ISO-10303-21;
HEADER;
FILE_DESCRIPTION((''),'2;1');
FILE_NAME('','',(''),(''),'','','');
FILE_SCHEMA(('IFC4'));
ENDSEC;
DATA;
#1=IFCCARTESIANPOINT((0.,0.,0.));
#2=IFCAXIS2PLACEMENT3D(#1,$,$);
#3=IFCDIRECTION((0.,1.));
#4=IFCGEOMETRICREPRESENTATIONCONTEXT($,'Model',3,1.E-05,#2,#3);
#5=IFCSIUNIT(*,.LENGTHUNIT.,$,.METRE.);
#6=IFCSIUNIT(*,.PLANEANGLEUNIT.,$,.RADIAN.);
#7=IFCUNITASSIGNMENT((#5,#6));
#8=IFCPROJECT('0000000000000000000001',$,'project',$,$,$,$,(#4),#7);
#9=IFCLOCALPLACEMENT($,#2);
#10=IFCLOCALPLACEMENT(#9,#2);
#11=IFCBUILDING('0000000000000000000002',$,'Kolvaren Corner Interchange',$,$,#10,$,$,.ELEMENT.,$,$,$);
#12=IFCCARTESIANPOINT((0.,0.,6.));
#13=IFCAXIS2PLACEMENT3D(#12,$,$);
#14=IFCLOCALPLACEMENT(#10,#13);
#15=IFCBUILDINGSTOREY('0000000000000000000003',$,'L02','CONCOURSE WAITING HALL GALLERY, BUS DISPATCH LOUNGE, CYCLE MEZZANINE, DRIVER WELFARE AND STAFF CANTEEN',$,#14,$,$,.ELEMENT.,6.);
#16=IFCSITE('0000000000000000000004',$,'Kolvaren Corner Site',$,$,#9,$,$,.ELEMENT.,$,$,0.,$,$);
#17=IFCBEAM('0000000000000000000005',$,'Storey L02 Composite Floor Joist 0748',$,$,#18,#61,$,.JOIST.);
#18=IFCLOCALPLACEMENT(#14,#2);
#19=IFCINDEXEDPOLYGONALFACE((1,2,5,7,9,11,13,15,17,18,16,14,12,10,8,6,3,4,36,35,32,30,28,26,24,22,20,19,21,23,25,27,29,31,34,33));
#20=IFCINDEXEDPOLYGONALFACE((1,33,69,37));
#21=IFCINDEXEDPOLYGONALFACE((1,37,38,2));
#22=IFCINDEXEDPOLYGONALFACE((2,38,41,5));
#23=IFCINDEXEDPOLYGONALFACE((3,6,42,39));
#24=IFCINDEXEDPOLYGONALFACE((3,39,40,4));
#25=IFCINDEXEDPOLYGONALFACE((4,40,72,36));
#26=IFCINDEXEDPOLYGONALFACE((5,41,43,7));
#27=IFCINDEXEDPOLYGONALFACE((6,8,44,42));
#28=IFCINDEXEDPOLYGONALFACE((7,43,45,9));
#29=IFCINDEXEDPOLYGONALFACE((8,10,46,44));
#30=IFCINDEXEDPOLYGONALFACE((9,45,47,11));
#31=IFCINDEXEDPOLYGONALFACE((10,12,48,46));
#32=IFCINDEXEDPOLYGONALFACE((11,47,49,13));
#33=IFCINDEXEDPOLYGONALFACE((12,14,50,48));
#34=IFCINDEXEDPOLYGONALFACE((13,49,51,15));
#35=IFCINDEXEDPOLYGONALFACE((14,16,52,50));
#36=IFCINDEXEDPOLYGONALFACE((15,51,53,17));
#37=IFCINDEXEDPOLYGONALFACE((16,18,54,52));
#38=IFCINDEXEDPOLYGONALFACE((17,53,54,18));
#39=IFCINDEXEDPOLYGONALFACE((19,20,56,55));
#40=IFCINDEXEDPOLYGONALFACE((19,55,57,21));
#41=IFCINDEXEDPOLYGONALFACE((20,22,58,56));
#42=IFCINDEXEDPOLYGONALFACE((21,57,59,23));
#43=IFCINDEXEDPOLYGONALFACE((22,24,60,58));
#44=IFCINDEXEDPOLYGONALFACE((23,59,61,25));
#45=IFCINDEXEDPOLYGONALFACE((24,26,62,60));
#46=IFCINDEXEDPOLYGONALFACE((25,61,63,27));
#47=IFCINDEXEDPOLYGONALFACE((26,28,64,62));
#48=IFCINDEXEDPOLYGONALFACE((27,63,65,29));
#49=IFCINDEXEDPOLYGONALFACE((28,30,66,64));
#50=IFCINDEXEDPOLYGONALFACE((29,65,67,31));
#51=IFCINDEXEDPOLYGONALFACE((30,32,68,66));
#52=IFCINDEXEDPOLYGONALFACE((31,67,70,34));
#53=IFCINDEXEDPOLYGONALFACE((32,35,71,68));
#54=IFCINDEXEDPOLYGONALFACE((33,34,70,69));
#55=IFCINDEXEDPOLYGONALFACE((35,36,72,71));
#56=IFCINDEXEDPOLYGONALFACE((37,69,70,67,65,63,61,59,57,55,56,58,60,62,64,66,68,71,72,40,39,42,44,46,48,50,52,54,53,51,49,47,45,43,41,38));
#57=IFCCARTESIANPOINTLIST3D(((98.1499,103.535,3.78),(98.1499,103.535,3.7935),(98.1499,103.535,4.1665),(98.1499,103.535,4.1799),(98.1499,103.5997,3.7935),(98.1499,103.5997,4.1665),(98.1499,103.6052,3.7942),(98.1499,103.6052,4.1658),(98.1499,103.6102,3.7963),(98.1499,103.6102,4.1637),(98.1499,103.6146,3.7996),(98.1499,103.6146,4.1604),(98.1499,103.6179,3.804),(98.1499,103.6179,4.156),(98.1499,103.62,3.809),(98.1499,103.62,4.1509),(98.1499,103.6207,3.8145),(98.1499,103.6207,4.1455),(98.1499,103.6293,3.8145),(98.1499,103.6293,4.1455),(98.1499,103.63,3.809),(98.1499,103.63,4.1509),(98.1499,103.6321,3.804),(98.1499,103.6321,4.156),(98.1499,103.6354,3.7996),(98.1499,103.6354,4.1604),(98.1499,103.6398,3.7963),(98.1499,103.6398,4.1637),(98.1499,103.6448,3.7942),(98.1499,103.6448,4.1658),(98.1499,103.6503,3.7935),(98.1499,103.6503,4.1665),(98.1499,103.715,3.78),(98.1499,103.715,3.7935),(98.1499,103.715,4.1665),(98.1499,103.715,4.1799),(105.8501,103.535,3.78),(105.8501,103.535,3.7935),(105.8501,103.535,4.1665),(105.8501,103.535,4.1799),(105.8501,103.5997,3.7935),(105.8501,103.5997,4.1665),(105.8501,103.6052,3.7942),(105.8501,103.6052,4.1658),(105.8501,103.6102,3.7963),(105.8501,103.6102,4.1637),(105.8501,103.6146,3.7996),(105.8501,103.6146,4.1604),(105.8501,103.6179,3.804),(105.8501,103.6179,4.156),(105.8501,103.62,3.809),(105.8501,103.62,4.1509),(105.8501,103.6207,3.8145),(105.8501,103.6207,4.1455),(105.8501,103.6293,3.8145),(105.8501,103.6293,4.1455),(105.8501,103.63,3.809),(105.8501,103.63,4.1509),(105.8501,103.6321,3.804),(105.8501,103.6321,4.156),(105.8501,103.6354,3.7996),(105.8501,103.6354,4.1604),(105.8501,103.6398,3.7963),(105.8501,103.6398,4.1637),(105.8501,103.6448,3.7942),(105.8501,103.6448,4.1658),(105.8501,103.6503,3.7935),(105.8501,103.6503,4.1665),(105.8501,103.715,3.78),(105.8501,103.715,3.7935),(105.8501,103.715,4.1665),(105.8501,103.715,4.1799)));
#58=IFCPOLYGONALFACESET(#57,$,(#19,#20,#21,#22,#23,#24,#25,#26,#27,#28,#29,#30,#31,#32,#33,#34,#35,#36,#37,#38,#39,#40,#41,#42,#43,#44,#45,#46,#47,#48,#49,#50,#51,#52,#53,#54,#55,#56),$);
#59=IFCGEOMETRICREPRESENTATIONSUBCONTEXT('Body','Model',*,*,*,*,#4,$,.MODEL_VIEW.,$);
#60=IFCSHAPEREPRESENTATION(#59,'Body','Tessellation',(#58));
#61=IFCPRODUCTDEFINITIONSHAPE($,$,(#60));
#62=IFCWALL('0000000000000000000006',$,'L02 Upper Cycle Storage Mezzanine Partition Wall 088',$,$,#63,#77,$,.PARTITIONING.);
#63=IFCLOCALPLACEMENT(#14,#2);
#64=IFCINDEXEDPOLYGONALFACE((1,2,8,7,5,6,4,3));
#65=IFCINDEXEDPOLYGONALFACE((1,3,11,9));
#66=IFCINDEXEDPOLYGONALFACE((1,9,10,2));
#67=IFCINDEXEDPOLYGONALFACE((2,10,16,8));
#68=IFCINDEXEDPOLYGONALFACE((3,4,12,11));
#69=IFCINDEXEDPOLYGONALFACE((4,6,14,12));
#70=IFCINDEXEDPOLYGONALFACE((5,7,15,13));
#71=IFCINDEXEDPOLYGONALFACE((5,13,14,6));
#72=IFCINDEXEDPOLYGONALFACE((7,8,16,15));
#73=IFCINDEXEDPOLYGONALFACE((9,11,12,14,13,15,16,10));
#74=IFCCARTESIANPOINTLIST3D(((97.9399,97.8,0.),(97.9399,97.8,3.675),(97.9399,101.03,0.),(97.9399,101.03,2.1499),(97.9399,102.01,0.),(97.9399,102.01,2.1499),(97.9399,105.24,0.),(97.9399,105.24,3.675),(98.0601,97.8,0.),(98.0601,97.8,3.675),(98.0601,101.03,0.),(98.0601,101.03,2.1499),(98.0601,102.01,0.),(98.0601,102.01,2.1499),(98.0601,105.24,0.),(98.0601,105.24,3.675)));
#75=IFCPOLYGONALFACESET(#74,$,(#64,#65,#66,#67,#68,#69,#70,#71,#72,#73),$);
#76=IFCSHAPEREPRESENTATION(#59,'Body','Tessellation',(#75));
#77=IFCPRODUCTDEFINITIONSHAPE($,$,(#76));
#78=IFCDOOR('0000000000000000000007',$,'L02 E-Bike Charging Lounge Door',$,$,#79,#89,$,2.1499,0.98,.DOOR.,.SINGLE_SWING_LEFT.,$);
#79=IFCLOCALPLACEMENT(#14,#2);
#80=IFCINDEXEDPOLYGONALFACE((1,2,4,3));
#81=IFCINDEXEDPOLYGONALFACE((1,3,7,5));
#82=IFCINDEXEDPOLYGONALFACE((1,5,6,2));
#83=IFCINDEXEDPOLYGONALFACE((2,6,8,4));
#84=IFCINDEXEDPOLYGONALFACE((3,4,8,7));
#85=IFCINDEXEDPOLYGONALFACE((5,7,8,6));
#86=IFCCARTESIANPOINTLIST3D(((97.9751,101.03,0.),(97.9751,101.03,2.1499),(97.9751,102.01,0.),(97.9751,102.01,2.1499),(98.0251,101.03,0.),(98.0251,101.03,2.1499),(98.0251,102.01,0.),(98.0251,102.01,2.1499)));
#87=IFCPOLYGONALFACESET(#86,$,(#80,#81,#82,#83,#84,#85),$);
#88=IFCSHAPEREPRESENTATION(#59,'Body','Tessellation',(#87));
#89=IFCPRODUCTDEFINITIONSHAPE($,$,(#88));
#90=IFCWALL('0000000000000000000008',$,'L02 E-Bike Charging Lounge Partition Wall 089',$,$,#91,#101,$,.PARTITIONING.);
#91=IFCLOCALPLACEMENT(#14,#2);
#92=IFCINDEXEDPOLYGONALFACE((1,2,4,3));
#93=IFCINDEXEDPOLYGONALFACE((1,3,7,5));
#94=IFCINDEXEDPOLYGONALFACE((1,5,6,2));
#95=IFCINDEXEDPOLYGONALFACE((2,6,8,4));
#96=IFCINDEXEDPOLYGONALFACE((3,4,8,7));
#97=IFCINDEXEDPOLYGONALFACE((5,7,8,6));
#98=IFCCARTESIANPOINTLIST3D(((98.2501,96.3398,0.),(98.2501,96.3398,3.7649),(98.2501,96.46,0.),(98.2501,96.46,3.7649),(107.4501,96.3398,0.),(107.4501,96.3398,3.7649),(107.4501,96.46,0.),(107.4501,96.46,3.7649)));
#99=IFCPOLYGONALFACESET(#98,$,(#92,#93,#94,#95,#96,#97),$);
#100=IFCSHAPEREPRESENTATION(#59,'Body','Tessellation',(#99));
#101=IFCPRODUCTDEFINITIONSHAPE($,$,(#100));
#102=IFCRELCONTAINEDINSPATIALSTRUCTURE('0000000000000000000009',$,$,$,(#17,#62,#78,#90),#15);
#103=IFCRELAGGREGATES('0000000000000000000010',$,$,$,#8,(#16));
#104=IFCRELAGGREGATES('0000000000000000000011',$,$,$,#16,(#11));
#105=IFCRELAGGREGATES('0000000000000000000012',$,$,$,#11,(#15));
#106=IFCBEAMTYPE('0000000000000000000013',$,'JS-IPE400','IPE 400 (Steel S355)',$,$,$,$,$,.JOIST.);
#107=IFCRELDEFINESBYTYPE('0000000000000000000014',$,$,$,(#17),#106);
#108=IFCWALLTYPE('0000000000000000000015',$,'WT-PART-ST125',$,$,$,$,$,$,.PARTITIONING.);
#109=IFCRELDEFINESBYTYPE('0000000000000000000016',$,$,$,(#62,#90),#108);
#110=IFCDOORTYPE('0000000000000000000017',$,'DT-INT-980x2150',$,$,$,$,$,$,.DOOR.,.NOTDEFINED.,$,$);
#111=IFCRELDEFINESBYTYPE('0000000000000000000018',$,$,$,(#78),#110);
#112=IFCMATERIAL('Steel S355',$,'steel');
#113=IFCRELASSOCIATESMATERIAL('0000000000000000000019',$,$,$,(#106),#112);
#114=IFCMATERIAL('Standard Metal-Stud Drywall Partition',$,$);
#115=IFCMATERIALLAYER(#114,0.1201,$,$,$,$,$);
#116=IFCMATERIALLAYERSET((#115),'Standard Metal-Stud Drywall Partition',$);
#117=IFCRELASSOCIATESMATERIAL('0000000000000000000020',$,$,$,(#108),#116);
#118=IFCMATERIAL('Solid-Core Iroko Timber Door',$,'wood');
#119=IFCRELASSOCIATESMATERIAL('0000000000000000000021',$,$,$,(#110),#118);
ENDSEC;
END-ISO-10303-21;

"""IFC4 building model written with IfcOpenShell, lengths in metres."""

from ifc_helpers import new_model, si_unit, direction, frame, frame_2d, origin, origin_2d, place, context, subcontext, project, spatial, rectangle, i_section, extrude, material, layer, layer_set, material_profile, profile_set, type_object, element, fill, save


model = new_model("IFC4")

# Units and contexts
model_context = context("Model", 3, precision=1e-05, world=origin(), true_north=direction((0.0, 1.0)))
body_context = subcontext(model_context, "Body", "Model", "MODEL_VIEW")
ifc_project = project(units=[si_unit("LENGTHUNIT", "METRE"), si_unit("PLANEANGLEUNIT", "RADIAN")], contexts=[model_context])

# Site, building, storey
site_placement = place(None, origin())
site = spatial("IfcSite", under=ifc_project, at=site_placement, Name="Kolvaren Corner Site", CompositionType="ELEMENT", RefElevation=0.0)
building_placement = place(site_placement, origin())
building = spatial("IfcBuilding", under=site, at=building_placement, Name="Kolvaren Corner Interchange", CompositionType="ELEMENT")
storey_placement = place(building_placement, frame((0.0, 0.0, 6.0)))
storey = spatial("IfcBuildingStorey", under=building, at=storey_placement, Name="L02", Description="CONCOURSE WAITING HALL GALLERY, BUS DISPATCH LOUNGE, CYCLE MEZZANINE, DRIVER WELFARE AND STAFF CANTEEN", CompositionType="ELEMENT", Elevation=6.0)

# Beam
ifc_material_1 = material(Name="Steel S355", Category="steel")
ifc_material_profile_1 = material_profile(ifc_material_1, i_section(OverallWidth=0.1799, OverallDepth=0.3999, WebThickness=0.0085, FlangeThickness=0.0134, FilletRadius=0.021, at=origin_2d()), Name="IPE 400")
ifc_profile_set_1 = profile_set([ifc_material_profile_1], Name="Steel S355")
beam_type_1 = type_object("IfcBeamType", Name="JS-IPE400", Description="IPE 400 (Steel S355)", PredefinedType="JOIST", material=ifc_profile_set_1)
for number, where, z_axis, x_axis, name in (
    (1, (98.1499, 103.625, 3.98), (1.0, 0.0, 0.0), (0.0, 1.0, 0.0), "Storey L02 Composite Floor Joist 0748"),
):
    element("IfcBeam", number, at=place(storey_placement, frame(where, z_axis=z_axis, x_axis=x_axis)), inside=storey, type_object=beam_type_1, Name=name, PredefinedType="JOIST", context=body_context, shape_type="SweptSolid", body=[
        extrude(i_section(OverallWidth=0.1799, OverallDepth=0.3999, WebThickness=0.0085, FlangeThickness=0.0134, FilletRadius=0.021, at=origin_2d()), origin(), (0.0, 0.0, 1.0), 7.7002),
    ])

# Wall, opening, door
ifc_material_2 = material(Name="Standard Metal-Stud Drywall Partition")
ifc_layer = layer(ifc_material_2, 0.1201)
ifc_layer_set = layer_set([ifc_layer], Name="Standard Metal-Stud Drywall Partition")
wall_type = type_object("IfcWallType", Name="WT-PART-ST125", PredefinedType="PARTITIONING", material=ifc_layer_set)
wall_1_placement = place(storey_placement, frame((98.0, 97.8, 0.0), z_axis=(0.0, 0.0, 1.0), x_axis=(0.0, 1.0, 0.0)))
wall_1 = element("IfcWall", 2, at=wall_1_placement, inside=storey, type_object=wall_type, Name="L02 Upper Cycle Storage Mezzanine Partition Wall 088", PredefinedType="PARTITIONING", context=body_context, shape_type="SweptSolid", body=[
    extrude(rectangle(XDim=7.4399, YDim=0.1201, at=frame_2d((3.72, 0.0))), origin(), (0.0, 0.0, 1.0), 3.675),
])
opening_placement = place(wall_1_placement, frame((3.23, 0.0, 0.0)))
opening = element("IfcOpeningElement", 3, at=opening_placement, cuts=wall_1, PredefinedType="OPENING", context=body_context, shape_type="SweptSolid", body=[
    extrude(rectangle(XDim=0.98, YDim=2.1499, at=frame_2d((0.49, 1.075))), frame((0.0, 0.0701, 0.0), z_axis=(0.0, -1.0, 0.0), x_axis=(1.0, 0.0, 0.0)), (0.0, 0.0, 1.0), 0.1401),
])
ifc_material_3 = material(Name="Solid-Core Iroko Timber Door", Category="wood")
door_type = type_object("IfcDoorType", Name="DT-INT-980x2150", OperationType="NOTDEFINED", PredefinedType="DOOR", material=ifc_material_3)
door_placement = place(opening_placement, origin())
door = element("IfcDoor", 4, at=door_placement, inside=storey, type_object=door_type, Name="L02 E-Bike Charging Lounge Door", OperationType="SINGLE_SWING_LEFT", OverallHeight=2.1499, OverallWidth=0.98, PredefinedType="DOOR", context=body_context, shape_type="SweptSolid", body=[
    extrude(rectangle(XDim=0.98, YDim=2.1499, at=frame_2d((0.49, 1.075))), frame((0.0, 0.0249, 0.0), z_axis=(0.0, -1.0, 0.0), x_axis=(1.0, 0.0, 0.0)), (0.0, 0.0, 1.0), 0.05),
])
fill(opening, door)

# Wall
wall_2_placement = place(storey_placement, frame((98.25, 96.3999, 0.0), z_axis=(0.0, 0.0, 1.0), x_axis=(1.0, 0.0, 0.0)))
element("IfcWall", 5, at=wall_2_placement, inside=storey, type_object=wall_type, Name="L02 E-Bike Charging Lounge Partition Wall 089", PredefinedType="PARTITIONING", context=body_context, shape_type="SweptSolid", body=[
    extrude(rectangle(XDim=9.2, YDim=0.1201, at=frame_2d((4.6001, 0.0))), origin(), (0.0, 0.0, 1.0), 3.7649),
])

save(model, "model.ifc")
